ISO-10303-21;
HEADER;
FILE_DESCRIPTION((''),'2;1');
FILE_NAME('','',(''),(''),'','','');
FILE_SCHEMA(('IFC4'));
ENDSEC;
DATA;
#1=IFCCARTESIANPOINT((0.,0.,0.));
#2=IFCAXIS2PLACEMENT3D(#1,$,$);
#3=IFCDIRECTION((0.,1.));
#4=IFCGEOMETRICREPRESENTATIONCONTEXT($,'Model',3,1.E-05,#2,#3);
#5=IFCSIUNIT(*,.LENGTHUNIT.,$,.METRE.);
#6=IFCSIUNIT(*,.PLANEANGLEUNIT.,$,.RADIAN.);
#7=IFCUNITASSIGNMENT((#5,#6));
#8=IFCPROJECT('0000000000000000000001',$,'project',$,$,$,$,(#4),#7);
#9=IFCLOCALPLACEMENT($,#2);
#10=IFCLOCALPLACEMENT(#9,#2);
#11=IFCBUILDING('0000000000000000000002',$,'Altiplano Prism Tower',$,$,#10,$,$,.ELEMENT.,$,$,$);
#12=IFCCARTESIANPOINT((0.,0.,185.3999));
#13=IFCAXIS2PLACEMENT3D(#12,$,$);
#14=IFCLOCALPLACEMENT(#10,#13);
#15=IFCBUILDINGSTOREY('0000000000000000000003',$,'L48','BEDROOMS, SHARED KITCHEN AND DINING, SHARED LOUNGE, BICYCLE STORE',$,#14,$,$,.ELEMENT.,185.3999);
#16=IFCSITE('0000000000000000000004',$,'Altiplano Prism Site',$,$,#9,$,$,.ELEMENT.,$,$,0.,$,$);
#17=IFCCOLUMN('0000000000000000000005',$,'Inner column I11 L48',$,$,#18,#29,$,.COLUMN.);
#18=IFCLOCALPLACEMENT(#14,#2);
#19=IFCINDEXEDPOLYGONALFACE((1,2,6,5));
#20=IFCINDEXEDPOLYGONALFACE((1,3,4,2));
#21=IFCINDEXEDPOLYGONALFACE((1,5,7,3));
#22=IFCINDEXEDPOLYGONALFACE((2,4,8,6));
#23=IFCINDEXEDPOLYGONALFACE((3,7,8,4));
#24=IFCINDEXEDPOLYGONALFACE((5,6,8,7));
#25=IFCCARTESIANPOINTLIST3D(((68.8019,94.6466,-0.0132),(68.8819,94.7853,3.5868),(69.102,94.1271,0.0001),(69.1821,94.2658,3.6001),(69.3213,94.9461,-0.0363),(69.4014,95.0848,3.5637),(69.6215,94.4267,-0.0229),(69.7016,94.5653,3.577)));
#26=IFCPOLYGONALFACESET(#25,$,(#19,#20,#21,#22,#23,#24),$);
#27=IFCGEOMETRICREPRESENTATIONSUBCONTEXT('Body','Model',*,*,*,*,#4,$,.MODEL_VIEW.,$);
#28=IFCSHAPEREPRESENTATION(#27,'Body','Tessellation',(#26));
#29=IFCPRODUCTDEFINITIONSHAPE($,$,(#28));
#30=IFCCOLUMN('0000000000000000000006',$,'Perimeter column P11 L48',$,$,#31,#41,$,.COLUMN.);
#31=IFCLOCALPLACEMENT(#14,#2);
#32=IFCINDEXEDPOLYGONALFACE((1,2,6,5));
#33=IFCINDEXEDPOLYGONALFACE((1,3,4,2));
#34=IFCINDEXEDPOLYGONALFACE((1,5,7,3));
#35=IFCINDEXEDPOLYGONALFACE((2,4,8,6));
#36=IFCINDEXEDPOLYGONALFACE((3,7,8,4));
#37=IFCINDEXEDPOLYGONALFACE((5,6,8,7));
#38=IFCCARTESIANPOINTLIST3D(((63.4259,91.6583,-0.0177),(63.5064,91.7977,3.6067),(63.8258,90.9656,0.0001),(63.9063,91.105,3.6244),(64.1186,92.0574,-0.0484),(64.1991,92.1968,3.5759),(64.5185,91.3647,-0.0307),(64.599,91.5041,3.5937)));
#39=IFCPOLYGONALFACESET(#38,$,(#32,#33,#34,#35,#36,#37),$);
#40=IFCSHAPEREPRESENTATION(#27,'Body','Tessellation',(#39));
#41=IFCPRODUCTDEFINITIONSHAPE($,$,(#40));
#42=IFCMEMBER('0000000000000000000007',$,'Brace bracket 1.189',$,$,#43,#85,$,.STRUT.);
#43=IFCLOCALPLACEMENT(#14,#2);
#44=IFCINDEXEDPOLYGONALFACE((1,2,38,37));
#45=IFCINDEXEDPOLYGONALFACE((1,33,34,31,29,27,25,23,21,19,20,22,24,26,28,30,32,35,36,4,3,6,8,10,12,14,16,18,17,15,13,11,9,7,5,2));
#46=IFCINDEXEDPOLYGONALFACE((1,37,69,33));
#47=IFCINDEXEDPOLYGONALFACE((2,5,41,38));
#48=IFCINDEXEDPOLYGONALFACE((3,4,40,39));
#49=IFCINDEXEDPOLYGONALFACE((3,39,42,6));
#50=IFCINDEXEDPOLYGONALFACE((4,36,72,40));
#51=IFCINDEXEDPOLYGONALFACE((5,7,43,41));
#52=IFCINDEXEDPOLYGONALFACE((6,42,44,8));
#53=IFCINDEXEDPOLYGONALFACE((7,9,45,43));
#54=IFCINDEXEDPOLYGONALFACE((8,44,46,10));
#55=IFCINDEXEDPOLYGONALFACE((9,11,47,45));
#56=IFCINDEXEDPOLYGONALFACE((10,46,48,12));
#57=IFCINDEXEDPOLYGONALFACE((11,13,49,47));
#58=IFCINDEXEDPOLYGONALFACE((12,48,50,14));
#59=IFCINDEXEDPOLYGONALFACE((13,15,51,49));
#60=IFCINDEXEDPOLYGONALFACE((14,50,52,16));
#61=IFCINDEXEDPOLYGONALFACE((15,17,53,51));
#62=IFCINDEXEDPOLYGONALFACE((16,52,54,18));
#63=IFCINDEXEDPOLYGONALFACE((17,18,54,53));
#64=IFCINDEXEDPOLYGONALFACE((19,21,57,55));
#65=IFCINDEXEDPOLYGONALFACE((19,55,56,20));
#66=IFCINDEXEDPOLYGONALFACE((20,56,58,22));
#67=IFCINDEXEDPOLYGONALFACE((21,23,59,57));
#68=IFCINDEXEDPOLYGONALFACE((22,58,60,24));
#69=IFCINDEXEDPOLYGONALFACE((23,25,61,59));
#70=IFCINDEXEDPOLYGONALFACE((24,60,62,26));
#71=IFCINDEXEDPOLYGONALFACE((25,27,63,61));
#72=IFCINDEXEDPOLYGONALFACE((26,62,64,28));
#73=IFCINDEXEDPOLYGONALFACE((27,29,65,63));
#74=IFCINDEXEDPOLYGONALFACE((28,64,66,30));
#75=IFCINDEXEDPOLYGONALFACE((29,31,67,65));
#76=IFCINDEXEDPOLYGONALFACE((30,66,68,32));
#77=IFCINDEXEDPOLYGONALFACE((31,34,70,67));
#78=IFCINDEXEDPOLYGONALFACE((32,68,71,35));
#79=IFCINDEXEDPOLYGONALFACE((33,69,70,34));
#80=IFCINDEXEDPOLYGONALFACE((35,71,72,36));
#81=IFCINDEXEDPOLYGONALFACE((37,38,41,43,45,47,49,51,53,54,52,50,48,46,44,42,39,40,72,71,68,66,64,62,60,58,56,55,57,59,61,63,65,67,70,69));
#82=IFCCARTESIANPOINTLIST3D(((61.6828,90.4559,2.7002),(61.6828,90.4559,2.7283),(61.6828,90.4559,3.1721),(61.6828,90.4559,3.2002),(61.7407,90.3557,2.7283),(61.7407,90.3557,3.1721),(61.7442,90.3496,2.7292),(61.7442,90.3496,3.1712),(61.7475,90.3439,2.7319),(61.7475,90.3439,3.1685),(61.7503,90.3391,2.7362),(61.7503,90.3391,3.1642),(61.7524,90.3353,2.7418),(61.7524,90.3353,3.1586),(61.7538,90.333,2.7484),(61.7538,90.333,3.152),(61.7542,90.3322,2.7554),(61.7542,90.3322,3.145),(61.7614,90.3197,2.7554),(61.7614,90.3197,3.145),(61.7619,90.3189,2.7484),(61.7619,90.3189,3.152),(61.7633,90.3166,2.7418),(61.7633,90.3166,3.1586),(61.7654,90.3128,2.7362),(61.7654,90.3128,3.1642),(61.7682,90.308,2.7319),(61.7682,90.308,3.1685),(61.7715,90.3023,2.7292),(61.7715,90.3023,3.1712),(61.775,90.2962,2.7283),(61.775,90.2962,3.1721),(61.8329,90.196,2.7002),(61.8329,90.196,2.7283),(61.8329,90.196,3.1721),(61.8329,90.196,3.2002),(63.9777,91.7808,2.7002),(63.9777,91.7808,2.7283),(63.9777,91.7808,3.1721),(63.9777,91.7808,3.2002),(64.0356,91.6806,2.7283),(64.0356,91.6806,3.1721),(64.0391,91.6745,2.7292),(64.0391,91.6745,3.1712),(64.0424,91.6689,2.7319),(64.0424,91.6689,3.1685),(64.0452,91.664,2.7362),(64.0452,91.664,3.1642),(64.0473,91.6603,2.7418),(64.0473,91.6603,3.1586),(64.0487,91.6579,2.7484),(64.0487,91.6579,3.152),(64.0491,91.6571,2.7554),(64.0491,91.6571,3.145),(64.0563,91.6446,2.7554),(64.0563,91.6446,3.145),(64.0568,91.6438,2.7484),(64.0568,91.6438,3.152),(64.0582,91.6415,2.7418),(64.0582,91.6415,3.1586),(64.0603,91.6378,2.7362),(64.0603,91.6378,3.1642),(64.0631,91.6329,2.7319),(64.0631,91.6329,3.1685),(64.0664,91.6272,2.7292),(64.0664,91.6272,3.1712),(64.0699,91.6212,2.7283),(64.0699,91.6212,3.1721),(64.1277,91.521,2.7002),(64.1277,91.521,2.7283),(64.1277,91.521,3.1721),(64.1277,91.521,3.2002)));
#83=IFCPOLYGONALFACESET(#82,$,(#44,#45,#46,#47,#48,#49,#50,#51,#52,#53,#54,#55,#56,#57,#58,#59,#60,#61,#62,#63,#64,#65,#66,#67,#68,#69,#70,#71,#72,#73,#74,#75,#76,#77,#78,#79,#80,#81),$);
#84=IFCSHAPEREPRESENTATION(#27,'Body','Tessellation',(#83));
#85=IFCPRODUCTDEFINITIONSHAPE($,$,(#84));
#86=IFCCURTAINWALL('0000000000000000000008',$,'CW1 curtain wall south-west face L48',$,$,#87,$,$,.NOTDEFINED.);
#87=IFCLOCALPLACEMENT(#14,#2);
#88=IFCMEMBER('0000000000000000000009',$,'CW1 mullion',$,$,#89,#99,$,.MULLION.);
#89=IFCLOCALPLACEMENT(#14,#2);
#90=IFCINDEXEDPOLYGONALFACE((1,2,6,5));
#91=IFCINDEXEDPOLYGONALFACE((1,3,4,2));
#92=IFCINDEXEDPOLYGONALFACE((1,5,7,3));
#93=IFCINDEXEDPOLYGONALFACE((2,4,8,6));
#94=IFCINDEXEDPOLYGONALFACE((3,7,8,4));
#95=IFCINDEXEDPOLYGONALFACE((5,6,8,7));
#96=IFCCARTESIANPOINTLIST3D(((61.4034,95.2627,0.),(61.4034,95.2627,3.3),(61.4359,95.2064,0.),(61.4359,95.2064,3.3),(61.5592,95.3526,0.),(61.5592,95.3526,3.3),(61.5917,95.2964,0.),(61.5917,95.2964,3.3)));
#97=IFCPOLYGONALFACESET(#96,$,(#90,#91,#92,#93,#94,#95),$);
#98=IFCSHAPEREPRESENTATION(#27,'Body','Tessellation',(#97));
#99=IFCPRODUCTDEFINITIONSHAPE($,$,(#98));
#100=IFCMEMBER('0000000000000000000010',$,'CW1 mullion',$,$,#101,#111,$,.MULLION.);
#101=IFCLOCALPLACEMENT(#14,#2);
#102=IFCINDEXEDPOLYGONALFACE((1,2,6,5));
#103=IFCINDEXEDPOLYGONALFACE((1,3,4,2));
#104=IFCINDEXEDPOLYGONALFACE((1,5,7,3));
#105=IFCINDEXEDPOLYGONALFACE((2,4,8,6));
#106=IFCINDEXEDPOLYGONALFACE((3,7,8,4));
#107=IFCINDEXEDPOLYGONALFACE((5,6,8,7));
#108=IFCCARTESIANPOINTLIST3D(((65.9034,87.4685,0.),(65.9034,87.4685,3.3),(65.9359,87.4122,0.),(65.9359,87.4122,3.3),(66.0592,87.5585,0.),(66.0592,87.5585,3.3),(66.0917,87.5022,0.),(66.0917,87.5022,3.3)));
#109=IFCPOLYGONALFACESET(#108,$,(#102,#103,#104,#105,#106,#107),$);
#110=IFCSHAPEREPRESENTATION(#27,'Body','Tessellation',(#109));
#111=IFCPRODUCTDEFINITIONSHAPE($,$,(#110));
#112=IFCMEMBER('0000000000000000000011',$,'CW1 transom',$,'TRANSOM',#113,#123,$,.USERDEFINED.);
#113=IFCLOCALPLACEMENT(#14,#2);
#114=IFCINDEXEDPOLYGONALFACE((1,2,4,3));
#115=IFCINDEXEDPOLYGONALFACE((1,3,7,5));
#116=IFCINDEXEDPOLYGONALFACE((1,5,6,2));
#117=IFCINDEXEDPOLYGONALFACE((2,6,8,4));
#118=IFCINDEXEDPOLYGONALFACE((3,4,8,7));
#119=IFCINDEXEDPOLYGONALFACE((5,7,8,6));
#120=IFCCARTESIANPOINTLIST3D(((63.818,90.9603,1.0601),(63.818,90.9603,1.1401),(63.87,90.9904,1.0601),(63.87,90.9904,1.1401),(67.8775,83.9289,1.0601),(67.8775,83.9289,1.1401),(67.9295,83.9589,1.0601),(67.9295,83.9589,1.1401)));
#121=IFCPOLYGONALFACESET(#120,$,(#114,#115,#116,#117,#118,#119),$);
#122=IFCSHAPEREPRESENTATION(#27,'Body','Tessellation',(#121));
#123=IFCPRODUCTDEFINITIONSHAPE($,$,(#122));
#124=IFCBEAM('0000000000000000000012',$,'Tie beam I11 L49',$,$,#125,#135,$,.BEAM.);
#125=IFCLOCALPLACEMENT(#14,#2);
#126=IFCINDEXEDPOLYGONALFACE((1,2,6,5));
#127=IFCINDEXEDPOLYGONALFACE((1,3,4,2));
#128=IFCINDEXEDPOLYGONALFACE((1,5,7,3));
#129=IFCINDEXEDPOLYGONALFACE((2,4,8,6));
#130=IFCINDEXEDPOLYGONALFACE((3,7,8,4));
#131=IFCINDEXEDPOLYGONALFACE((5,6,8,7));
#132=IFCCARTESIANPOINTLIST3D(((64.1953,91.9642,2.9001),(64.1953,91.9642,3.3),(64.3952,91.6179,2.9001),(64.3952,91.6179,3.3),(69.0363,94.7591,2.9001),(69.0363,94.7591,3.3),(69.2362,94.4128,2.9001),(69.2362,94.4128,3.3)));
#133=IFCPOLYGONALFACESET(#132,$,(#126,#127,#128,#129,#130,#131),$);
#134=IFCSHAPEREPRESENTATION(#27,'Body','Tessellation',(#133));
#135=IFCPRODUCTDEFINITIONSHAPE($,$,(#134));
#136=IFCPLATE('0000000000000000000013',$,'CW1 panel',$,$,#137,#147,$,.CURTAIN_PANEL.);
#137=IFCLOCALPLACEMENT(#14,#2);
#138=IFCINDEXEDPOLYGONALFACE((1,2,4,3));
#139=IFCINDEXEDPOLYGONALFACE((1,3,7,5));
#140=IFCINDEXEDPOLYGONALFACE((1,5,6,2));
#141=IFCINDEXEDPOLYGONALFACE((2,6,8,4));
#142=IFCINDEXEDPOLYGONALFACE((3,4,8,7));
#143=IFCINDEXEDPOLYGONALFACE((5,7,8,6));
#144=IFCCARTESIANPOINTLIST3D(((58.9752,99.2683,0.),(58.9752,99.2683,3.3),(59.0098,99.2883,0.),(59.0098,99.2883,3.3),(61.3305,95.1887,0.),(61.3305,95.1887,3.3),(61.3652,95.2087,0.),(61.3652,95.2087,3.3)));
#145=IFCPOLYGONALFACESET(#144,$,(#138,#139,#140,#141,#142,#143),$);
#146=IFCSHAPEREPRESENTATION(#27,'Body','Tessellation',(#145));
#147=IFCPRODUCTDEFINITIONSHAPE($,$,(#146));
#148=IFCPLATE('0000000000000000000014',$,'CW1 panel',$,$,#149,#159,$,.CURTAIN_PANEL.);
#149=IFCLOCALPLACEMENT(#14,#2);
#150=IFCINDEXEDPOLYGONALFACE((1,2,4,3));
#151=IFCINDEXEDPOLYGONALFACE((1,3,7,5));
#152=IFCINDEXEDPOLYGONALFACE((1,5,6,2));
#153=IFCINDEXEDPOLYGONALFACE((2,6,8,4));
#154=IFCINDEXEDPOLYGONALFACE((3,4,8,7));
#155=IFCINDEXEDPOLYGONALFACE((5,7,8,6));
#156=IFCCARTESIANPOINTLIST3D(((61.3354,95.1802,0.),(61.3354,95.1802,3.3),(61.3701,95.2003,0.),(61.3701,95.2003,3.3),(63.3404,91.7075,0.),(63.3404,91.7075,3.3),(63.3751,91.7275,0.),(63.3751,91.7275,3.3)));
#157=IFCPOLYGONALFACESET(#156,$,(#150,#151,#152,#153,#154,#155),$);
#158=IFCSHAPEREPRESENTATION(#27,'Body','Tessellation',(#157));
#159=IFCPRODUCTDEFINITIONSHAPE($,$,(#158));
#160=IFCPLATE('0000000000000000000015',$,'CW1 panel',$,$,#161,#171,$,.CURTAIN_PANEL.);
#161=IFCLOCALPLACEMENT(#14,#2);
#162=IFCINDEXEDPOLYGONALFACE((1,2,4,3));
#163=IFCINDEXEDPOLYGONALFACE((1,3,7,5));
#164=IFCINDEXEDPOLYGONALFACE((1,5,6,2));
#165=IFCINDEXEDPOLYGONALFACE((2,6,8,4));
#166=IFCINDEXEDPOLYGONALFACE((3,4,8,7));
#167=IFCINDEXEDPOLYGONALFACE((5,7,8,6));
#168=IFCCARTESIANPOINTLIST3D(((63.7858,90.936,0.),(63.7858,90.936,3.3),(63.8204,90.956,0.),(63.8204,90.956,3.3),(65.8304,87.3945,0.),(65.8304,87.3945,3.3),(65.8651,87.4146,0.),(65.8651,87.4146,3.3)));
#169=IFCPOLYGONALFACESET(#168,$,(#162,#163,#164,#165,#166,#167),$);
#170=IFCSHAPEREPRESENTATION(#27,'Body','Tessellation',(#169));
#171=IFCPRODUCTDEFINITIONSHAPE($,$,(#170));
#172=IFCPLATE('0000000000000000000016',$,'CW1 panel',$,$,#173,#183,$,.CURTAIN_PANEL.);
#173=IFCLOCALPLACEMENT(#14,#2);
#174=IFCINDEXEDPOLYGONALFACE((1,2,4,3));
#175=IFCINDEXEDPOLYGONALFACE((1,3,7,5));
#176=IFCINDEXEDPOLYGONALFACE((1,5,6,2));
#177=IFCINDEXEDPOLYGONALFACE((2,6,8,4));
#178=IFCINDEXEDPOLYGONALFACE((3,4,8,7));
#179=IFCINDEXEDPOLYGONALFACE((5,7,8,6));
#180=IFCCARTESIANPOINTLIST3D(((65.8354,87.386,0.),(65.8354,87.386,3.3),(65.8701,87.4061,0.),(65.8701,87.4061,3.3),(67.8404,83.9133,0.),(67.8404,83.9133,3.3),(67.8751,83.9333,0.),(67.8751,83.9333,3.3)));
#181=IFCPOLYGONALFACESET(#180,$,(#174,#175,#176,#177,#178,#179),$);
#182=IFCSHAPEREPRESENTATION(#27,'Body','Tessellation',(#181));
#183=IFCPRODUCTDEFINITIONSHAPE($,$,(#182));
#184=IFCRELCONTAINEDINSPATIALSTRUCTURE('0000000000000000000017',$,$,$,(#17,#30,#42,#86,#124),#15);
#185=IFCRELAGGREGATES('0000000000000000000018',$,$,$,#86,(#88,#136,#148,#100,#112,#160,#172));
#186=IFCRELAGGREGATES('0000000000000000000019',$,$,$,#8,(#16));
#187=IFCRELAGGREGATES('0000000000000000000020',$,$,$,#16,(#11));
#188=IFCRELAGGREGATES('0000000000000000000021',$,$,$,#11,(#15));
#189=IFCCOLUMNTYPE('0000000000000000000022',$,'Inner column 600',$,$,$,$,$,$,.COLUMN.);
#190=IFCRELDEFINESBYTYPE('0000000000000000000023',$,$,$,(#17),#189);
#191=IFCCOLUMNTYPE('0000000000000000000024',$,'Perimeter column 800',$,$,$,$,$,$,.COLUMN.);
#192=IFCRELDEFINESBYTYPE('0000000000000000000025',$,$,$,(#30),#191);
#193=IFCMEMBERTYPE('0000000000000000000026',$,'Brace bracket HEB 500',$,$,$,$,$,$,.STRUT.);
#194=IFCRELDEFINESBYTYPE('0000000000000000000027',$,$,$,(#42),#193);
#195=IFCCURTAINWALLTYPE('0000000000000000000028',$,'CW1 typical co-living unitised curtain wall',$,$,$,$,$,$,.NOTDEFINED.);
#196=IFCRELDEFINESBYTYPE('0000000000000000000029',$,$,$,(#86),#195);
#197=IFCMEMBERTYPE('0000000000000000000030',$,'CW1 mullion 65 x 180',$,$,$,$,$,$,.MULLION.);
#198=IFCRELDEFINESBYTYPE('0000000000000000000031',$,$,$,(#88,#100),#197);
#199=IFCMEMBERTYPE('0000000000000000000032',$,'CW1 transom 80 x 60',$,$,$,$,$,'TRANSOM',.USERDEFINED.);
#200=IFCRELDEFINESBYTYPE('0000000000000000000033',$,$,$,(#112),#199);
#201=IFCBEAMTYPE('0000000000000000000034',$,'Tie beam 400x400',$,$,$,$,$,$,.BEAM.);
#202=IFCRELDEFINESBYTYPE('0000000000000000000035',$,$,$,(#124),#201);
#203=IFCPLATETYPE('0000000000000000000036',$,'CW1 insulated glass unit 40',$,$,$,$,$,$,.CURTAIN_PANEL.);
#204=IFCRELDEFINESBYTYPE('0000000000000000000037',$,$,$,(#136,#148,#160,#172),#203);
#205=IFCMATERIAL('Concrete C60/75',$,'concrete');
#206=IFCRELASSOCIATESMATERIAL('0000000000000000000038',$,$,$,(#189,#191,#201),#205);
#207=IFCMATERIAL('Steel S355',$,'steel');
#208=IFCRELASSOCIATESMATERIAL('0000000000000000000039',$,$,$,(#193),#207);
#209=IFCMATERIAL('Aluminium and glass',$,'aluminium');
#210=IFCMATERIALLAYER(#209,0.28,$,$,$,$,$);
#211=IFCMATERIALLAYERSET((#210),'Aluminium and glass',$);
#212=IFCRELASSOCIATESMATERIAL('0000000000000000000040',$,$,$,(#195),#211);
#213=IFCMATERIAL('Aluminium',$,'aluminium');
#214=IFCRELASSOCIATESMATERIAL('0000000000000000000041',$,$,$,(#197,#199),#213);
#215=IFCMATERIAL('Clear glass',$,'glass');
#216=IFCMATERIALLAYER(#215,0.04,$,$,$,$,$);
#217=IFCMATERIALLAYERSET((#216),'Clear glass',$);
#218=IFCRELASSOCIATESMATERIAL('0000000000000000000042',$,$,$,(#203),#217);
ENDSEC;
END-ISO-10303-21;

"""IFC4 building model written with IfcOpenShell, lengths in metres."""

from ifc_helpers import new_model, si_unit, direction, frame, origin, origin_2d, place, context, subcontext, project, spatial, rectangle, i_section, extrude, material, layer, layer_set, material_profile, profile_set, type_object, element, aggregate, save


model = new_model("IFC4")

# Units and contexts
model_context = context("Model", 3, precision=1e-05, world=origin(), true_north=direction((0.0, 1.0)))
body_context = subcontext(model_context, "Body", "Model", "MODEL_VIEW")
ifc_project = project(units=[si_unit("LENGTHUNIT", "METRE"), si_unit("PLANEANGLEUNIT", "RADIAN")], contexts=[model_context])

# Site, building, storey
site_placement = place(None, origin())
site = spatial("IfcSite", under=ifc_project, at=site_placement, Name="Altiplano Prism Site", CompositionType="ELEMENT", RefElevation=0.0)
building_placement = place(site_placement, origin())
building = spatial("IfcBuilding", under=site, at=building_placement, Name="Altiplano Prism Tower", CompositionType="ELEMENT")
storey_placement = place(building_placement, frame((0.0, 0.0, 185.3999)))
storey = spatial("IfcBuildingStorey", under=building, at=storey_placement, Name="L48", Description="BEDROOMS, SHARED KITCHEN AND DINING, SHARED LOUNGE, BICYCLE STORE", CompositionType="ELEMENT", Elevation=185.3999)

# Columns
ifc_material_1 = material(Name="Concrete C60/75", Category="concrete")
ifc_material_profile_1 = material_profile(ifc_material_1, rectangle(XDim=0.6001, YDim=0.6001, at=origin_2d()), Name="Inner column 600")
ifc_profile_set_1 = profile_set([ifc_material_profile_1], Name="Concrete C60/75")
column_type_1 = type_object("IfcColumnType", Name="Inner column 600", PredefinedType="COLUMN", material=ifc_profile_set_1)
column_1_placement = place(storey_placement, frame((69.2117, 94.5366, -0.0181), z_axis=(0.022223, 0.038483, 0.999012), x_axis=(-0.865642, -0.499182, 0.038485)))
element("IfcColumn", 1, at=column_1_placement, inside=storey, type_object=column_type_1, Name="Inner column I11 L48", PredefinedType="COLUMN", context=body_context, shape_type="SweptSolid", body=[
    extrude(rectangle(XDim=0.6001, YDim=0.6001, at=origin_2d()), origin(), (0.0, 0.0, 1.0), 3.6035),
])
ifc_material_profile_2 = material_profile(ifc_material_1, rectangle(XDim=0.8, YDim=0.8, at=origin_2d()), Name="Perimeter column 800")
ifc_profile_set_2 = profile_set([ifc_material_profile_2], Name="Concrete C60/75")
column_type_2 = type_object("IfcColumnType", Name="Perimeter column 800", PredefinedType="COLUMN", material=ifc_profile_set_2)
column_2_placement = place(storey_placement, frame((63.9722, 91.5115, -0.0242), z_axis=(0.022208, 0.038426, 0.999015), x_axis=(-0.865818, -0.49888, 0.038436)))
element("IfcColumn", 2, at=column_2_placement, inside=storey, type_object=column_type_2, Name="Perimeter column P11 L48", PredefinedType="COLUMN", context=body_context, shape_type="SweptSolid", body=[
    extrude(rectangle(XDim=0.8, YDim=0.8, at=origin_2d()), origin(), (0.0, 0.0, 1.0), 3.6279),
])

# Member
ifc_material_2 = material(Name="Steel S355", Category="steel")
ifc_material_profile_3 = material_profile(ifc_material_2, i_section(OverallWidth=0.3, OverallDepth=0.5, WebThickness=0.0144, FlangeThickness=0.0281, FilletRadius=0.0271, at=origin_2d()), Name="Brace bracket HEB 500")
ifc_profile_set_3 = profile_set([ifc_material_profile_3], Name="Steel S355")
member_type_1 = type_object("IfcMemberType", Name="Brace bracket HEB 500", PredefinedType="STRUT", material=ifc_profile_set_3)
member_1_placement = place(storey_placement, frame((64.0527, 91.6509, 2.9502), z_axis=(-0.866029, -0.499994, 0.0), x_axis=(0.499994, -0.866029, 0.0)))
element("IfcMember", 3, at=member_1_placement, inside=storey, type_object=member_type_1, Name="Brace bracket 1.189", PredefinedType="STRUT", context=body_context, shape_type="SweptSolid", body=[
    extrude(i_section(OverallWidth=0.3, OverallDepth=0.5, WebThickness=0.0144, FlangeThickness=0.0281, FilletRadius=0.0271, at=origin_2d()), origin(), (0.0, 0.0, 1.0), 2.6499),
])

# Curtain wall, members
ifc_material_3 = material(Name="Aluminium and glass", Category="aluminium")
ifc_layer_1 = layer(ifc_material_3, 0.28)
ifc_layer_set_1 = layer_set([ifc_layer_1], Name="Aluminium and glass")
curtain_wall_type = type_object("IfcCurtainWallType", Name="CW1 typical co-living unitised curtain wall", PredefinedType="NOTDEFINED", material=ifc_layer_set_1)
curtain_wall_placement = place(storey_placement, origin())
curtain_wall = element("IfcCurtainWall", 4, at=curtain_wall_placement, inside=storey, type_object=curtain_wall_type, Name="CW1 curtain wall south-west face L48", PredefinedType="NOTDEFINED")
ifc_material_4 = material(Name="Aluminium", Category="aluminium")
ifc_material_profile_4 = material_profile(ifc_material_4, rectangle(XDim=0.1799, YDim=0.0649, at=origin_2d()), Name="CW1 mullion 65 x 180")
ifc_profile_set_4 = profile_set([ifc_material_profile_4], Name="Aluminium")
member_type_2 = type_object("IfcMemberType", Name="CW1 mullion 65 x 180", PredefinedType="MULLION", material=ifc_profile_set_4)
member_2_placement = place(storey_placement, frame((61.4976, 95.2795, 0.0), z_axis=(0.0, 0.0, 1.0), x_axis=(0.866025, 0.5, 0.0)))
member_2 = element("IfcMember", 5, at=member_2_placement, type_object=member_type_2, Name="CW1 mullion", PredefinedType="MULLION", context=body_context, shape_type="SweptSolid", body=[
    extrude(rectangle(XDim=0.1799, YDim=0.0649, at=origin_2d()), origin(), (0.0, 0.0, 1.0), 3.3),
])
member_3_placement = place(storey_placement, frame((65.9976, 87.4854, 0.0), z_axis=(0.0, 0.0, 1.0), x_axis=(0.866025, 0.5, 0.0)))
member_3 = element("IfcMember", 6, at=member_3_placement, type_object=member_type_2, Name="CW1 mullion", PredefinedType="MULLION", context=body_context, shape_type="SweptSolid", body=[
    extrude(rectangle(XDim=0.1799, YDim=0.0649, at=origin_2d()), origin(), (0.0, 0.0, 1.0), 3.3),
])
ifc_material_profile_5 = material_profile(ifc_material_4, rectangle(XDim=0.0601, YDim=0.0801, at=origin_2d()), Name="CW1 transom 80 x 60")
ifc_profile_set_5 = profile_set([ifc_material_profile_5], Name="Aluminium")
member_type_3 = type_object("IfcMemberType", Name="CW1 transom 80 x 60", ElementType="TRANSOM", PredefinedType="USERDEFINED", material=ifc_profile_set_5)
member_4_placement = place(storey_placement, frame((63.844, 90.9753, 1.1001), z_axis=(0.499994, -0.866029, 0.0), x_axis=(0.866029, 0.499994, 0.0)))
member_4 = element("IfcMember", 7, at=member_4_placement, type_object=member_type_3, Name="CW1 transom", ObjectType="TRANSOM", PredefinedType="USERDEFINED", context=body_context, shape_type="SweptSolid", body=[
    extrude(rectangle(XDim=0.0601, YDim=0.0801, at=origin_2d()), origin(), (0.0, 0.0, 1.0), 8.1191),
])

# Beam
ifc_material_profile_6 = material_profile(ifc_material_1, rectangle(XDim=0.3999, YDim=0.3999, at=origin_2d()), Name="Tie beam 400x400")
ifc_profile_set_6 = profile_set([ifc_material_profile_6], Name="Concrete C60/75")
beam_type = type_object("IfcBeamType", Name="Tie beam 400x400", PredefinedType="BEAM", material=ifc_profile_set_6)
beam_placement = place(storey_placement, frame((69.1362, 94.5859, 3.1001), z_axis=(-0.866031, -0.499991, 0.0), x_axis=(0.499991, -0.866031, 0.0)))
element("IfcBeam", 8, at=beam_placement, inside=storey, type_object=beam_type, Name="Tie beam I11 L49", PredefinedType="BEAM", context=body_context, shape_type="SweptSolid", body=[
    extrude(rectangle(XDim=0.3999, YDim=0.3999, at=origin_2d()), origin(), (0.0, 0.0, 1.0), 5.5898),
])

# Plates
ifc_material_5 = material(Name="Clear glass", Category="glass")
ifc_layer_2 = layer(ifc_material_5, 0.04)
ifc_layer_set_2 = layer_set([ifc_layer_2], Name="Clear glass")
plate_type = type_object("IfcPlateType", Name="CW1 insulated glass unit 40", PredefinedType="CURTAIN_PANEL", material=ifc_layer_set_2)
plate_1_placement = place(storey_placement, frame((60.1702, 97.2385, 0.0), z_axis=(0.0, 0.0, 1.0), x_axis=(0.5, -0.866025, 0.0)))
plate_1 = element("IfcPlate", 9, at=plate_1_placement, type_object=plate_type, Name="CW1 panel", PredefinedType="CURTAIN_PANEL", context=body_context, shape_type="SweptSolid", body=[
    extrude(rectangle(XDim=4.7107, YDim=0.04, at=origin_2d()), origin(), (0.0, 0.0, 1.0), 3.3),
])
plate_2_placement = place(storey_placement, frame((62.3552, 93.4539, 0.0), z_axis=(0.0, 0.0, 1.0), x_axis=(0.5, -0.866025, 0.0)))
plate_2 = element("IfcPlate", 10, at=plate_2_placement, type_object=plate_type, Name="CW1 panel", PredefinedType="CURTAIN_PANEL", context=body_context, shape_type="SweptSolid", body=[
    extrude(rectangle(XDim=4.01, YDim=0.04, at=origin_2d()), origin(), (0.0, 0.0, 1.0), 3.3),
])
plate_3_placement = place(storey_placement, frame((64.8254, 89.1753, 0.0), z_axis=(0.0, 0.0, 1.0), x_axis=(0.5, -0.866025, 0.0)))
plate_3 = element("IfcPlate", 11, at=plate_3_placement, type_object=plate_type, Name="CW1 panel", PredefinedType="CURTAIN_PANEL", context=body_context, shape_type="SweptSolid", body=[
    extrude(rectangle(XDim=4.0894, YDim=0.04, at=origin_2d()), origin(), (0.0, 0.0, 1.0), 3.3),
])
plate_4_placement = place(storey_placement, frame((66.8552, 85.6597, 0.0), z_axis=(0.0, 0.0, 1.0), x_axis=(0.5, -0.866025, 0.0)))
plate_4 = element("IfcPlate", 12, at=plate_4_placement, type_object=plate_type, Name="CW1 panel", PredefinedType="CURTAIN_PANEL", context=body_context, shape_type="SweptSolid", body=[
    extrude(rectangle(XDim=4.01, YDim=0.04, at=origin_2d()), origin(), (0.0, 0.0, 1.0), 3.3),
])
aggregate(curtain_wall, [member_2, plate_1, plate_2, member_3, member_4, plate_3, plate_4])

save(model, "model.ifc")
